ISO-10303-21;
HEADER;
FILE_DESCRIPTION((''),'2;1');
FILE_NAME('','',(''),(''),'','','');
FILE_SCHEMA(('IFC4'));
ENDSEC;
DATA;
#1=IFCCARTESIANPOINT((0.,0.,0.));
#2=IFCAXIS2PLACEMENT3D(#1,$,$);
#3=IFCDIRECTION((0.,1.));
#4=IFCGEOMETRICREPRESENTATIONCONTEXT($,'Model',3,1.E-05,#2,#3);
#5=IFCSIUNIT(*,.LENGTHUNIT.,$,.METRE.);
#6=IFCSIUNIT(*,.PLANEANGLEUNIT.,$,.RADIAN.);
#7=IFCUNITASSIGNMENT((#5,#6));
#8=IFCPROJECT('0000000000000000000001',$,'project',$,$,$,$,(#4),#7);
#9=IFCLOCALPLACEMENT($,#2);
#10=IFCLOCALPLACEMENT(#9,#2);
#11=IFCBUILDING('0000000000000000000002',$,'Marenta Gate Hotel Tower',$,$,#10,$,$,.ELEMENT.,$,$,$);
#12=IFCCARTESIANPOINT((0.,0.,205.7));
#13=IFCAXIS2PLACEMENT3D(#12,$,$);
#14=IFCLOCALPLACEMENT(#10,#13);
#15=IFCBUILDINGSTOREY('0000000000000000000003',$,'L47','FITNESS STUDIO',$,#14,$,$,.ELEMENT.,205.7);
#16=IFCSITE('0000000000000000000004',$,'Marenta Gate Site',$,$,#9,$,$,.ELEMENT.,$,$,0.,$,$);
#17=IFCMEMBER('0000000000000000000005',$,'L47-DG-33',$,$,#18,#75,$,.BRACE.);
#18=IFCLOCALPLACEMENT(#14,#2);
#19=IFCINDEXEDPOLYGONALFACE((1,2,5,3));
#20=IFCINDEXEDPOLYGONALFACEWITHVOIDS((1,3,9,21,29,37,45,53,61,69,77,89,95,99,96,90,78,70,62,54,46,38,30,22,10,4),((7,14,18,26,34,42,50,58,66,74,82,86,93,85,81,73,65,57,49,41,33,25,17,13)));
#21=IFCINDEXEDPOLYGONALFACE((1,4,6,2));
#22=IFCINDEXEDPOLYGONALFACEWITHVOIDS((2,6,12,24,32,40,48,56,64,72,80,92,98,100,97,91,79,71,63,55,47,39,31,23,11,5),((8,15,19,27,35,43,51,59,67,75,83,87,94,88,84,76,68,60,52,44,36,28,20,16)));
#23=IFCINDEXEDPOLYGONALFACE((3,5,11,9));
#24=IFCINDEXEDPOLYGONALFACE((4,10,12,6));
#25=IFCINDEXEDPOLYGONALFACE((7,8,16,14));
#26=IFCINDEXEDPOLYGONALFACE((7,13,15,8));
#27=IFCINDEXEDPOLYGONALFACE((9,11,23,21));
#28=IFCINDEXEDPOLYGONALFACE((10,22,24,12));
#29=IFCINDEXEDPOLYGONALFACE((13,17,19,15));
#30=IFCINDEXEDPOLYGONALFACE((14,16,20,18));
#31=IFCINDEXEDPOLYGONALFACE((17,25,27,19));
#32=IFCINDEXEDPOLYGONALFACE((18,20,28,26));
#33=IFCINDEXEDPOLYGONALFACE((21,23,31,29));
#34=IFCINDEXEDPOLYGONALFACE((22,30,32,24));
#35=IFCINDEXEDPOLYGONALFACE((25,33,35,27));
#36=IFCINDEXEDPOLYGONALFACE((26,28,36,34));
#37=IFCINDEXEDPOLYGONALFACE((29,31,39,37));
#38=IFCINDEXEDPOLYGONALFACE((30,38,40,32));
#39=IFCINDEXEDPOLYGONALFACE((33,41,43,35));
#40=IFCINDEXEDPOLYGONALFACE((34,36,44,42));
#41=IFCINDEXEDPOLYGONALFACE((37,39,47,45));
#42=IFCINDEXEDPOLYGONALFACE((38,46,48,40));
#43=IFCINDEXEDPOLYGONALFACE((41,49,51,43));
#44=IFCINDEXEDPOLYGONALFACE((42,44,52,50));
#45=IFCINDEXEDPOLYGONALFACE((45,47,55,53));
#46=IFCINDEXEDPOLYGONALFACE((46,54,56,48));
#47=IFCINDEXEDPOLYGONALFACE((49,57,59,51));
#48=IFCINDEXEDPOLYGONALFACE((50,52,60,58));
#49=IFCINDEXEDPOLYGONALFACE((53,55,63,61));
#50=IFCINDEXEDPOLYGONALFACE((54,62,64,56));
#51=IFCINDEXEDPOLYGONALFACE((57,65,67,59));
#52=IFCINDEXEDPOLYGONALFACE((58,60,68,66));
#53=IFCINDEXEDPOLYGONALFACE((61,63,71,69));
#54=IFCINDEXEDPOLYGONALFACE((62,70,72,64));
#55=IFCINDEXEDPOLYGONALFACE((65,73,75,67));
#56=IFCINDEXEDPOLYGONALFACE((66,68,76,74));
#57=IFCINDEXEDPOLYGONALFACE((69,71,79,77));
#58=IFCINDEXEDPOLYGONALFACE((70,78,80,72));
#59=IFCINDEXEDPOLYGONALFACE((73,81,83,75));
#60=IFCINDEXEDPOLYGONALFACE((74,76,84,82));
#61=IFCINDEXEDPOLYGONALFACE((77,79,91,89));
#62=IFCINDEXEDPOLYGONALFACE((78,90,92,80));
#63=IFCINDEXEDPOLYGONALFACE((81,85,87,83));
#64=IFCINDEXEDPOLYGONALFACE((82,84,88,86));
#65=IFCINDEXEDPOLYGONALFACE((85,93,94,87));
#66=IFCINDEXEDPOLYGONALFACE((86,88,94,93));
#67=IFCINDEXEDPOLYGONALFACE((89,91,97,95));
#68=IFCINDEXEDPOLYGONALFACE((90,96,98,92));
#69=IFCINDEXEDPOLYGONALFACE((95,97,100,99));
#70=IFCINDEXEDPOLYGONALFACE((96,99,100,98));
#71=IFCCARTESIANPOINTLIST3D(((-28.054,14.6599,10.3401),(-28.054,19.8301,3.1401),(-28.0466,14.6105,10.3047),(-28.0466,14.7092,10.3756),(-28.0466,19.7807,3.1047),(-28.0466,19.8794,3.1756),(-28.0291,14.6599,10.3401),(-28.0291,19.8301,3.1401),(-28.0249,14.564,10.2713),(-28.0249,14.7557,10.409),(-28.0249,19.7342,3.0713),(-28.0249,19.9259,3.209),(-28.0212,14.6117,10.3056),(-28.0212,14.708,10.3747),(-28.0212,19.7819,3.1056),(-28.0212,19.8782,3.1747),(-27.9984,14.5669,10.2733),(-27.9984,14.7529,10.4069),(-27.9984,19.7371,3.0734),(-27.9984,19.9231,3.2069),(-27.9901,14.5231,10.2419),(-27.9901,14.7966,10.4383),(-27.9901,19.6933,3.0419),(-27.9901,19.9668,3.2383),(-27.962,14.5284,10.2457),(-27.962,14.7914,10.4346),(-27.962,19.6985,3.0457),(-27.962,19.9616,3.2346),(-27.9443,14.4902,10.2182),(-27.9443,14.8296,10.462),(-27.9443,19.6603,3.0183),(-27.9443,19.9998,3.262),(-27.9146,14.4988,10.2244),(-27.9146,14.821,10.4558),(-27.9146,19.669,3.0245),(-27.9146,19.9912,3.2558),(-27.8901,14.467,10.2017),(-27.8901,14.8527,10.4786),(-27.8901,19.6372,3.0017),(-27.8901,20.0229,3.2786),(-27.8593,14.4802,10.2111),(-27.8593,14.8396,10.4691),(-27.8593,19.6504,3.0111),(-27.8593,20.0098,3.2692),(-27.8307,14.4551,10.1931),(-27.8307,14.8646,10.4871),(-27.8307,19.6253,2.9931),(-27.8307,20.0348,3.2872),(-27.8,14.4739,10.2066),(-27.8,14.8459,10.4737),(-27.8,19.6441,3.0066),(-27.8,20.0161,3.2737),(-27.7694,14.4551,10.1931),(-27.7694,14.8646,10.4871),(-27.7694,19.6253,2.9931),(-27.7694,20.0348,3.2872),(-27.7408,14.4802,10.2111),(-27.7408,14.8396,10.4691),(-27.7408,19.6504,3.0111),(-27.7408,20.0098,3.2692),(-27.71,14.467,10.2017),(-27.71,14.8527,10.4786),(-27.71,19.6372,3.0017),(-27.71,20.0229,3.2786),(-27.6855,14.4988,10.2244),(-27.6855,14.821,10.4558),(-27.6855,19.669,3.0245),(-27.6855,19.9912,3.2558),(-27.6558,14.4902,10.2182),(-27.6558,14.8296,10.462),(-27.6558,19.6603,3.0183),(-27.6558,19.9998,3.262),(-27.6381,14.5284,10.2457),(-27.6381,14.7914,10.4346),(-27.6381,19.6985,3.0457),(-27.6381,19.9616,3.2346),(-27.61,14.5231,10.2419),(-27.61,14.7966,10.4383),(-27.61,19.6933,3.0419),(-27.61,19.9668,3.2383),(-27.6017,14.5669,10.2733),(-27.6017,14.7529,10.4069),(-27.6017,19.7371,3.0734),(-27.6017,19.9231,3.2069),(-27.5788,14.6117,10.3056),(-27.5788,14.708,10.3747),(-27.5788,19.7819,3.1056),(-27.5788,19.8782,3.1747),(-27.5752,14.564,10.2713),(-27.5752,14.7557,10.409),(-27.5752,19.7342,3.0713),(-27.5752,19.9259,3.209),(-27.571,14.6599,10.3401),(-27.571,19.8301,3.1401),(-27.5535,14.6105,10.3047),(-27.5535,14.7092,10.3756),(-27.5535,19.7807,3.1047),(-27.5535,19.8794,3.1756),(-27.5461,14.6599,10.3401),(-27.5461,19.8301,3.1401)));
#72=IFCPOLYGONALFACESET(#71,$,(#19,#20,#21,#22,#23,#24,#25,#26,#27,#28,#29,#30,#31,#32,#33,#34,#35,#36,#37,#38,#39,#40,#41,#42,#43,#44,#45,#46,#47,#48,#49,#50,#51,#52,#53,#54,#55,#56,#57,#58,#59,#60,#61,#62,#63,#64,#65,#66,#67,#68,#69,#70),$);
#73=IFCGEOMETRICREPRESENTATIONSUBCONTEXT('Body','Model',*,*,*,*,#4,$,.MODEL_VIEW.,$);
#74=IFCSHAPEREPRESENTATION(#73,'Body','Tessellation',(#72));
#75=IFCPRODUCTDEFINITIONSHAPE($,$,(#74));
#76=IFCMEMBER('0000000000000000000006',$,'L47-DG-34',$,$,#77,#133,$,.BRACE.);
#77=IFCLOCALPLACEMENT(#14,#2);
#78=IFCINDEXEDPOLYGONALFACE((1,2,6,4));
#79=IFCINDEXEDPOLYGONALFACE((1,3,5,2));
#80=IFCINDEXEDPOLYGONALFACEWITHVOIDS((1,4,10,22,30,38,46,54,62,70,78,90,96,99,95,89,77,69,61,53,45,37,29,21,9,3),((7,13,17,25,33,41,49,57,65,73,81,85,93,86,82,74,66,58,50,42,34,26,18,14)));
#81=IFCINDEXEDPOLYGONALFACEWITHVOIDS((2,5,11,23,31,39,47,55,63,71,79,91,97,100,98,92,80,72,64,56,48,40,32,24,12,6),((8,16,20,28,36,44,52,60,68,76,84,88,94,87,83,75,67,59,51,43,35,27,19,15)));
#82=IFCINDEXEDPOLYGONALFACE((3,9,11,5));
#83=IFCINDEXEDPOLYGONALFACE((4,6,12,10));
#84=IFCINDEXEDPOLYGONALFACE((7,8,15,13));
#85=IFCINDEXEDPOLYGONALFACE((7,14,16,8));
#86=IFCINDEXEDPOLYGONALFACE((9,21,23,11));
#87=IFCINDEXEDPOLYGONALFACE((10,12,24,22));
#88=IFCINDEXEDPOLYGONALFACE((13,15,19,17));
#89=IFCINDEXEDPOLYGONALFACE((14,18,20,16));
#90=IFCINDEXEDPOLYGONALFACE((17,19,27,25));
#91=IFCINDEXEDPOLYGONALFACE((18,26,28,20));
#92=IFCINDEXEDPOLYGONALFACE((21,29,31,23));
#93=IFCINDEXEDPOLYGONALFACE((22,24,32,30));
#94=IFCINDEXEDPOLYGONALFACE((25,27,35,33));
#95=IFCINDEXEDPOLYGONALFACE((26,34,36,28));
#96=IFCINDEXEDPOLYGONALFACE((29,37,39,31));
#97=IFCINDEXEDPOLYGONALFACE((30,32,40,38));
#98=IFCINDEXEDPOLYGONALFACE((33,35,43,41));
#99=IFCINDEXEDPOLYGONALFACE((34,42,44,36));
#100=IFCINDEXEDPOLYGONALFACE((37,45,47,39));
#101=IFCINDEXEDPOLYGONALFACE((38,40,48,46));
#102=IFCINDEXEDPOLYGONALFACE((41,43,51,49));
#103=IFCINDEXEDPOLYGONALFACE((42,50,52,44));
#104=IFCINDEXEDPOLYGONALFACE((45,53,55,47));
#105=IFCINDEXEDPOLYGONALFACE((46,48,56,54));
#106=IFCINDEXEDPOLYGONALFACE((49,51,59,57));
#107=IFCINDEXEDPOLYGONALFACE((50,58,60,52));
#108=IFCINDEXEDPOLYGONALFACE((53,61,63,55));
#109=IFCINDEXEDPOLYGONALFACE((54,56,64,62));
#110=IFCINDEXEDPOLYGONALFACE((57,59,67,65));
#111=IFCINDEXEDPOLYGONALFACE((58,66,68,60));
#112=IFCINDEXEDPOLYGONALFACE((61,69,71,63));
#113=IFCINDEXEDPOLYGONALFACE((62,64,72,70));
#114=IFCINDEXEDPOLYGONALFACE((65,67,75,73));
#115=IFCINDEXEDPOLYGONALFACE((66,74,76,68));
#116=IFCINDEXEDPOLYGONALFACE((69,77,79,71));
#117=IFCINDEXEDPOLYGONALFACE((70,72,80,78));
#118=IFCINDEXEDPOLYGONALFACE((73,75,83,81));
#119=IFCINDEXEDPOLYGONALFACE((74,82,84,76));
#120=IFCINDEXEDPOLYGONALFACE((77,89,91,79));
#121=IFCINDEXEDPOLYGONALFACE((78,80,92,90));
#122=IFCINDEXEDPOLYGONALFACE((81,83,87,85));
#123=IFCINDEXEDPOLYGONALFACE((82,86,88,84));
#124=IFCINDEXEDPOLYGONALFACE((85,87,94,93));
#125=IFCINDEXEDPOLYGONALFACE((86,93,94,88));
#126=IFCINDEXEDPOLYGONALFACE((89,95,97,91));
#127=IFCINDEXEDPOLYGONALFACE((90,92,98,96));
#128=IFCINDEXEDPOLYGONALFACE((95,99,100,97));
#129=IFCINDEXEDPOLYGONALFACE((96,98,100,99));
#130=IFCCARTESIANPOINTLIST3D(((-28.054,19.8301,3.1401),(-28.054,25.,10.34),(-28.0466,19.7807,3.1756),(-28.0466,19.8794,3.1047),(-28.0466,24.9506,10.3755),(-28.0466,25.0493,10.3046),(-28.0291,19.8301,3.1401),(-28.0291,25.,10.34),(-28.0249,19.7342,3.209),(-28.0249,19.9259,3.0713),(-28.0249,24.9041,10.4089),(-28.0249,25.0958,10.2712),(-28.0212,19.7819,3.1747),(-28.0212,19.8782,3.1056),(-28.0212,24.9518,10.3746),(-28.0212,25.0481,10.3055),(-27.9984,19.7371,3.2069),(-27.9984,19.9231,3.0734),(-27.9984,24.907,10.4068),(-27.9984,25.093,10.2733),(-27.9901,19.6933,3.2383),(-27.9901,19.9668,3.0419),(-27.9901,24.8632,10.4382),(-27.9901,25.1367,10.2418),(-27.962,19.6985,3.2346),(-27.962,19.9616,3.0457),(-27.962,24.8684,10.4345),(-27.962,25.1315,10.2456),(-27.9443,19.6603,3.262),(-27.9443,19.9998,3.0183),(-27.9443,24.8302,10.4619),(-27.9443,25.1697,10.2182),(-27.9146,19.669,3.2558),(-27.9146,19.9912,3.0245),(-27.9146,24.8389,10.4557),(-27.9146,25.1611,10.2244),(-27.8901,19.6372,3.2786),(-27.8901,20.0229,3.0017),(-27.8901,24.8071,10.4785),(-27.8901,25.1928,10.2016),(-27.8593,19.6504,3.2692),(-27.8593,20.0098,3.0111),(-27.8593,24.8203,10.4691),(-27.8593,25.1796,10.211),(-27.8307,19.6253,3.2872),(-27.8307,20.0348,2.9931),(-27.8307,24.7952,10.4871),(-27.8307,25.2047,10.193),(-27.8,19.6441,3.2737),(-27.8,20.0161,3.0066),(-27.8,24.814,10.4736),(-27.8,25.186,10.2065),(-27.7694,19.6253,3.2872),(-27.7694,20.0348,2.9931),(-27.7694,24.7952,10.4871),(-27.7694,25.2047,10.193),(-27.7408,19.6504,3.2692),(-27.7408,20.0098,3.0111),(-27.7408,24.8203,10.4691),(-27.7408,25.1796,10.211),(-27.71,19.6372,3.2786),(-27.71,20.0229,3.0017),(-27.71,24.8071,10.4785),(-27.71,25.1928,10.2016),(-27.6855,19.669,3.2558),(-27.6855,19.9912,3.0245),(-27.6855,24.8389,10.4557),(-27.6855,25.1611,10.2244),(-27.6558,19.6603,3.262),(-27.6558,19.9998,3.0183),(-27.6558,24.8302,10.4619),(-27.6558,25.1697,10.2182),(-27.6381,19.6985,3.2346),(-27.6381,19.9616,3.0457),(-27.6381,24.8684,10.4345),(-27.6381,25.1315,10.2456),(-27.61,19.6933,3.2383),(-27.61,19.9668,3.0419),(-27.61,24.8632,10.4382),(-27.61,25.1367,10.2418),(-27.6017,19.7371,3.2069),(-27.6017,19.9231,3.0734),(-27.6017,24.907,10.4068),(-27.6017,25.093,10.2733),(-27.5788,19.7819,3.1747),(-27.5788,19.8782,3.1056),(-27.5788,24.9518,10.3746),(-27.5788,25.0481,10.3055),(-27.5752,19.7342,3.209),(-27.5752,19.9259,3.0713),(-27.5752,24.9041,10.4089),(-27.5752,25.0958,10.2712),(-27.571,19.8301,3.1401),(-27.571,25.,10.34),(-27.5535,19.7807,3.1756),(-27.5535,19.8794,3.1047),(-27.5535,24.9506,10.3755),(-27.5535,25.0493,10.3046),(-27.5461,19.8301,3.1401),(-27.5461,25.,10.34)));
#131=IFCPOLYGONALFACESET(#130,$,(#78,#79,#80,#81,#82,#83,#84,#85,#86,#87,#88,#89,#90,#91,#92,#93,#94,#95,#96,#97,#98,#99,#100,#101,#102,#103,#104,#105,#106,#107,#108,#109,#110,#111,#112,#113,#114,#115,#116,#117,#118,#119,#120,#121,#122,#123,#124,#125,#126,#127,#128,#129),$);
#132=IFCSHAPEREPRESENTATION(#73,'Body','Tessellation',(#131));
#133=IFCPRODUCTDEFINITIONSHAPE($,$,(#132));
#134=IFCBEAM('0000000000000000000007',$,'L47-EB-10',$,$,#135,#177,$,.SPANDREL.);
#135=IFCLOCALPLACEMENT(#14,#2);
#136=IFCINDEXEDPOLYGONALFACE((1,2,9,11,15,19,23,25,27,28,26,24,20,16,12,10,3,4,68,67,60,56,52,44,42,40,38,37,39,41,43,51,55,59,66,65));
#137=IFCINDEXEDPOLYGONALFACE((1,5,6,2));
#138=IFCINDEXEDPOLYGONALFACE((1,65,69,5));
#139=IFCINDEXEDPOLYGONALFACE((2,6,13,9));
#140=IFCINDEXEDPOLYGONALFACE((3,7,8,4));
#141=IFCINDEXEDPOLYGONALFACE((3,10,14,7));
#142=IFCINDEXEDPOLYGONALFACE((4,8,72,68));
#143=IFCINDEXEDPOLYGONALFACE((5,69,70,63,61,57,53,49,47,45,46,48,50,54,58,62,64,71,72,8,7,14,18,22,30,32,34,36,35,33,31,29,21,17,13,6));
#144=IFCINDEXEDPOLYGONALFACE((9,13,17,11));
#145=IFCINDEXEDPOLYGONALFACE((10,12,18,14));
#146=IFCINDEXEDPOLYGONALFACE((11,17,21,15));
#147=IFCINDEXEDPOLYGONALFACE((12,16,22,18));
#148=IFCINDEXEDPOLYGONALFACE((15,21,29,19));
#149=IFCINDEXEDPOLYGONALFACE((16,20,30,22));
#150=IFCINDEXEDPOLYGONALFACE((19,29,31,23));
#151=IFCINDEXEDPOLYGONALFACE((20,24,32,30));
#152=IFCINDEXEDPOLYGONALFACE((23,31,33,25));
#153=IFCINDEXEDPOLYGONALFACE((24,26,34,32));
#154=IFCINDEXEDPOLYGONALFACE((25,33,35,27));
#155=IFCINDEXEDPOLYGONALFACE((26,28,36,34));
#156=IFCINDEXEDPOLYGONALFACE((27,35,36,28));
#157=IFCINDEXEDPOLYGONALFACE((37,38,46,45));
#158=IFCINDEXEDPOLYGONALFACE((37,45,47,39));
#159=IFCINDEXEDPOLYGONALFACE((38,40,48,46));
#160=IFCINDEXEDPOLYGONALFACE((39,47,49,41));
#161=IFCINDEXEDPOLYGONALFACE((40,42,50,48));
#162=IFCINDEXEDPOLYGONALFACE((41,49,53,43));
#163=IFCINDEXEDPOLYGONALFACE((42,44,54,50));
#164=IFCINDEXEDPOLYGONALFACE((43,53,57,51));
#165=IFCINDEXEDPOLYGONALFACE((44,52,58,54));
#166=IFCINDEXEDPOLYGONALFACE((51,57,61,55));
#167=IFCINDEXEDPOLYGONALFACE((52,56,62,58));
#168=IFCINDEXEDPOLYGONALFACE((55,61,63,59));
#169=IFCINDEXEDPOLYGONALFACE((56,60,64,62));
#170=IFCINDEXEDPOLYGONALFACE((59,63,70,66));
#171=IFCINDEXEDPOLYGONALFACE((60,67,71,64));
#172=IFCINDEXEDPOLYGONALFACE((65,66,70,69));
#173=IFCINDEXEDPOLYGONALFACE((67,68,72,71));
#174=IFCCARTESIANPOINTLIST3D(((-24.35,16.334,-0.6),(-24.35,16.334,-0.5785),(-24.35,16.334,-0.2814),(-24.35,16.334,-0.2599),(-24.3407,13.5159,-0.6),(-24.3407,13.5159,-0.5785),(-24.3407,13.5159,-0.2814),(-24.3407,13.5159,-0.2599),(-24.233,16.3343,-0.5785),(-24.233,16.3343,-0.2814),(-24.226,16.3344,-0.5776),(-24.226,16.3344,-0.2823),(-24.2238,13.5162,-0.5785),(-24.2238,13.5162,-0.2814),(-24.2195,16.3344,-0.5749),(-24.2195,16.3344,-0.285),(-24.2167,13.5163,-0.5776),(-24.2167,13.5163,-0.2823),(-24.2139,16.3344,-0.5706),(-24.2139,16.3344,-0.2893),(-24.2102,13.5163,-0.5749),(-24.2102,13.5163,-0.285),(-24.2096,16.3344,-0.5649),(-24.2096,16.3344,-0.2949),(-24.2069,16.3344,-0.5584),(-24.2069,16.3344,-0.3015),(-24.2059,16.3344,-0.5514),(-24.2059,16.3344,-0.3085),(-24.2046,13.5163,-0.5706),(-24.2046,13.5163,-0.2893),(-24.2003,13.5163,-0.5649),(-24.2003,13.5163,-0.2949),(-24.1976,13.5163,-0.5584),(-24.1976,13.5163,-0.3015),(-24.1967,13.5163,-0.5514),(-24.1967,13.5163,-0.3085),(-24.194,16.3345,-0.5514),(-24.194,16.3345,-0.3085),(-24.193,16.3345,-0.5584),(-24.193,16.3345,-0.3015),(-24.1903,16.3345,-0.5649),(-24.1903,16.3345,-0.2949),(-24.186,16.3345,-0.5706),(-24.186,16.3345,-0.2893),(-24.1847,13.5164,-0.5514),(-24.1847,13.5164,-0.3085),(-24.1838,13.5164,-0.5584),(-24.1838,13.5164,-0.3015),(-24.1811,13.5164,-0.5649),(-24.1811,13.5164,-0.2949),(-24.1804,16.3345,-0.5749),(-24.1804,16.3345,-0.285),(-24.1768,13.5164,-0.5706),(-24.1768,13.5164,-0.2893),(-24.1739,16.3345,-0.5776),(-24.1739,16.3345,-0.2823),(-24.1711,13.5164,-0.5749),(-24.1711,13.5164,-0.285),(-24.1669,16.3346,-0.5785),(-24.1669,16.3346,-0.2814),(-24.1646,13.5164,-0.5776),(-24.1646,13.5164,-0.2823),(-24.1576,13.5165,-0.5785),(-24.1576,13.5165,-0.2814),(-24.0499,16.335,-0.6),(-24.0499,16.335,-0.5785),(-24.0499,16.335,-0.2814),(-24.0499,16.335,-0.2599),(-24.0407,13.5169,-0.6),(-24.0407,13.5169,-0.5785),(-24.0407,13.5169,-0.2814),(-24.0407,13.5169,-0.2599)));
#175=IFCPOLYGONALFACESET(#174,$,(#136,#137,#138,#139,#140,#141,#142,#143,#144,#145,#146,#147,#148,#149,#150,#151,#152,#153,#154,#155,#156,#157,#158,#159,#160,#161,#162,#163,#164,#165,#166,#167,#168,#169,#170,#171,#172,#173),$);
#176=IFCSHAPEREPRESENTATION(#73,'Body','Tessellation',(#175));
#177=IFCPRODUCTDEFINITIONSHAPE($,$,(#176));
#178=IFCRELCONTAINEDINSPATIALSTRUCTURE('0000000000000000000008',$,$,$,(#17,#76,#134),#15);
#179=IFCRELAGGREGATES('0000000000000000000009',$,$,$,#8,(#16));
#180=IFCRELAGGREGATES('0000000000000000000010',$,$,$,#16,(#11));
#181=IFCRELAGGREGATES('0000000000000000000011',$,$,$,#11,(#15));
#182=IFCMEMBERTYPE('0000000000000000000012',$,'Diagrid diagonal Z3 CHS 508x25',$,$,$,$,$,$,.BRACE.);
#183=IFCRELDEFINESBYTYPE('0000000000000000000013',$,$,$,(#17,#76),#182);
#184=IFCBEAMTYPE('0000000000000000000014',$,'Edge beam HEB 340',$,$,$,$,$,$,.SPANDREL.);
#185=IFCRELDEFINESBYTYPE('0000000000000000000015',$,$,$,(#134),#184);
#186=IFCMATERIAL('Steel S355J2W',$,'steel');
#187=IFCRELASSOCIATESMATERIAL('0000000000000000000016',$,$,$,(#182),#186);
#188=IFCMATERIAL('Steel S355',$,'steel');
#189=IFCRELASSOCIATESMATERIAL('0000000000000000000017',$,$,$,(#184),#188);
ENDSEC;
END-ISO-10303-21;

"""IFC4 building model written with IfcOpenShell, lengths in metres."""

from ifc_helpers import new_model, si_unit, direction, frame, origin, origin_2d, place, context, subcontext, project, spatial, hollow_circle, i_section, extrude, material, material_profile, profile_set, type_object, element, save


model = new_model("IFC4")

# Units and contexts
model_context = context("Model", 3, precision=1e-05, world=origin(), true_north=direction((0.0, 1.0)))
body_context = subcontext(model_context, "Body", "Model", "MODEL_VIEW")
ifc_project = project(units=[si_unit("LENGTHUNIT", "METRE"), si_unit("PLANEANGLEUNIT", "RADIAN")], contexts=[model_context])

# Site, building, storey
site_placement = place(None, origin())
site = spatial("IfcSite", under=ifc_project, at=site_placement, Name="Marenta Gate Site", CompositionType="ELEMENT", RefElevation=0.0)
building_placement = place(site_placement, origin())
building = spatial("IfcBuilding", under=site, at=building_placement, Name="Marenta Gate Hotel Tower", CompositionType="ELEMENT")
storey_placement = place(building_placement, frame((0.0, 0.0, 205.7)))
storey = spatial("IfcBuildingStorey", under=building, at=storey_placement, Name="L47", Description="FITNESS STUDIO", CompositionType="ELEMENT", Elevation=205.7)

# Members
ifc_material_1 = material(Name="Steel S355J2W", Category="steel")
ifc_material_profile_1 = material_profile(ifc_material_1, hollow_circle(Radius=0.2539, WallThickness=0.0249, at=origin_2d()), Name="CHS 508x25")
ifc_profile_set_1 = profile_set([ifc_material_profile_1], Name="Steel S355J2W")
member_type_1 = type_object("IfcMemberType", Name="Diagrid diagonal Z3 CHS 508x25", PredefinedType="BRACE", material=ifc_profile_set_1)
member_1_placement = place(storey_placement, frame((-27.8, 19.8301, 3.1401), z_axis=(0.0, -0.583279, 0.812272), x_axis=(1.0, 0.0, 0.0)))
element("IfcMember", 1, at=member_1_placement, inside=storey, type_object=member_type_1, Name="L47-DG-33", PredefinedType="BRACE", context=body_context, shape_type="SweptSolid", body=[
    extrude(hollow_circle(Radius=0.2539, WallThickness=0.0249, at=origin_2d()), origin(), (0.0, 0.0, 1.0), 8.864),
])
member_2_placement = place(storey_placement, frame((-27.8, 19.8301, 3.1401), z_axis=(0.0, 0.583261, 0.812285), x_axis=(-1.0, 0.0, 0.0)))
element("IfcMember", 2, at=member_2_placement, inside=storey, type_object=member_type_1, Name="L47-DG-34", PredefinedType="BRACE", context=body_context, shape_type="SweptSolid", body=[
    extrude(hollow_circle(Radius=0.2539, WallThickness=0.0249, at=origin_2d()), origin(), (0.0, 0.0, 1.0), 8.8638),
])

# Beam
ifc_material_2 = material(Name="Steel S355", Category="steel")
ifc_material_profile_2 = material_profile(ifc_material_2, i_section(OverallWidth=0.3, OverallDepth=0.3401, WebThickness=0.012, FlangeThickness=0.0215, FilletRadius=0.0271, at=origin_2d()), Name="HEB 340")
ifc_profile_set_2 = profile_set([ifc_material_profile_2], Name="Steel S355")
beam_type_1 = type_object("IfcBeamType", Name="Edge beam HEB 340", PredefinedType="SPANDREL", material=ifc_profile_set_2)
beam_1_placement = place(storey_placement, frame((-24.1907, 13.5164, -0.4299), z_axis=(-0.003292, 0.999995, 0.0), x_axis=(-0.999995, -0.003292, 0.0)))
element("IfcBeam", 3, at=beam_1_placement, inside=storey, type_object=beam_type_1, Name="L47-EB-10", PredefinedType="SPANDREL", context=body_context, shape_type="SweptSolid", body=[
    extrude(i_section(OverallWidth=0.3, OverallDepth=0.3401, WebThickness=0.012, FlangeThickness=0.0215, FilletRadius=0.0271, at=origin_2d()), origin(), (0.0, 0.0, 1.0), 2.8181),
])

save(model, "model.ifc")
